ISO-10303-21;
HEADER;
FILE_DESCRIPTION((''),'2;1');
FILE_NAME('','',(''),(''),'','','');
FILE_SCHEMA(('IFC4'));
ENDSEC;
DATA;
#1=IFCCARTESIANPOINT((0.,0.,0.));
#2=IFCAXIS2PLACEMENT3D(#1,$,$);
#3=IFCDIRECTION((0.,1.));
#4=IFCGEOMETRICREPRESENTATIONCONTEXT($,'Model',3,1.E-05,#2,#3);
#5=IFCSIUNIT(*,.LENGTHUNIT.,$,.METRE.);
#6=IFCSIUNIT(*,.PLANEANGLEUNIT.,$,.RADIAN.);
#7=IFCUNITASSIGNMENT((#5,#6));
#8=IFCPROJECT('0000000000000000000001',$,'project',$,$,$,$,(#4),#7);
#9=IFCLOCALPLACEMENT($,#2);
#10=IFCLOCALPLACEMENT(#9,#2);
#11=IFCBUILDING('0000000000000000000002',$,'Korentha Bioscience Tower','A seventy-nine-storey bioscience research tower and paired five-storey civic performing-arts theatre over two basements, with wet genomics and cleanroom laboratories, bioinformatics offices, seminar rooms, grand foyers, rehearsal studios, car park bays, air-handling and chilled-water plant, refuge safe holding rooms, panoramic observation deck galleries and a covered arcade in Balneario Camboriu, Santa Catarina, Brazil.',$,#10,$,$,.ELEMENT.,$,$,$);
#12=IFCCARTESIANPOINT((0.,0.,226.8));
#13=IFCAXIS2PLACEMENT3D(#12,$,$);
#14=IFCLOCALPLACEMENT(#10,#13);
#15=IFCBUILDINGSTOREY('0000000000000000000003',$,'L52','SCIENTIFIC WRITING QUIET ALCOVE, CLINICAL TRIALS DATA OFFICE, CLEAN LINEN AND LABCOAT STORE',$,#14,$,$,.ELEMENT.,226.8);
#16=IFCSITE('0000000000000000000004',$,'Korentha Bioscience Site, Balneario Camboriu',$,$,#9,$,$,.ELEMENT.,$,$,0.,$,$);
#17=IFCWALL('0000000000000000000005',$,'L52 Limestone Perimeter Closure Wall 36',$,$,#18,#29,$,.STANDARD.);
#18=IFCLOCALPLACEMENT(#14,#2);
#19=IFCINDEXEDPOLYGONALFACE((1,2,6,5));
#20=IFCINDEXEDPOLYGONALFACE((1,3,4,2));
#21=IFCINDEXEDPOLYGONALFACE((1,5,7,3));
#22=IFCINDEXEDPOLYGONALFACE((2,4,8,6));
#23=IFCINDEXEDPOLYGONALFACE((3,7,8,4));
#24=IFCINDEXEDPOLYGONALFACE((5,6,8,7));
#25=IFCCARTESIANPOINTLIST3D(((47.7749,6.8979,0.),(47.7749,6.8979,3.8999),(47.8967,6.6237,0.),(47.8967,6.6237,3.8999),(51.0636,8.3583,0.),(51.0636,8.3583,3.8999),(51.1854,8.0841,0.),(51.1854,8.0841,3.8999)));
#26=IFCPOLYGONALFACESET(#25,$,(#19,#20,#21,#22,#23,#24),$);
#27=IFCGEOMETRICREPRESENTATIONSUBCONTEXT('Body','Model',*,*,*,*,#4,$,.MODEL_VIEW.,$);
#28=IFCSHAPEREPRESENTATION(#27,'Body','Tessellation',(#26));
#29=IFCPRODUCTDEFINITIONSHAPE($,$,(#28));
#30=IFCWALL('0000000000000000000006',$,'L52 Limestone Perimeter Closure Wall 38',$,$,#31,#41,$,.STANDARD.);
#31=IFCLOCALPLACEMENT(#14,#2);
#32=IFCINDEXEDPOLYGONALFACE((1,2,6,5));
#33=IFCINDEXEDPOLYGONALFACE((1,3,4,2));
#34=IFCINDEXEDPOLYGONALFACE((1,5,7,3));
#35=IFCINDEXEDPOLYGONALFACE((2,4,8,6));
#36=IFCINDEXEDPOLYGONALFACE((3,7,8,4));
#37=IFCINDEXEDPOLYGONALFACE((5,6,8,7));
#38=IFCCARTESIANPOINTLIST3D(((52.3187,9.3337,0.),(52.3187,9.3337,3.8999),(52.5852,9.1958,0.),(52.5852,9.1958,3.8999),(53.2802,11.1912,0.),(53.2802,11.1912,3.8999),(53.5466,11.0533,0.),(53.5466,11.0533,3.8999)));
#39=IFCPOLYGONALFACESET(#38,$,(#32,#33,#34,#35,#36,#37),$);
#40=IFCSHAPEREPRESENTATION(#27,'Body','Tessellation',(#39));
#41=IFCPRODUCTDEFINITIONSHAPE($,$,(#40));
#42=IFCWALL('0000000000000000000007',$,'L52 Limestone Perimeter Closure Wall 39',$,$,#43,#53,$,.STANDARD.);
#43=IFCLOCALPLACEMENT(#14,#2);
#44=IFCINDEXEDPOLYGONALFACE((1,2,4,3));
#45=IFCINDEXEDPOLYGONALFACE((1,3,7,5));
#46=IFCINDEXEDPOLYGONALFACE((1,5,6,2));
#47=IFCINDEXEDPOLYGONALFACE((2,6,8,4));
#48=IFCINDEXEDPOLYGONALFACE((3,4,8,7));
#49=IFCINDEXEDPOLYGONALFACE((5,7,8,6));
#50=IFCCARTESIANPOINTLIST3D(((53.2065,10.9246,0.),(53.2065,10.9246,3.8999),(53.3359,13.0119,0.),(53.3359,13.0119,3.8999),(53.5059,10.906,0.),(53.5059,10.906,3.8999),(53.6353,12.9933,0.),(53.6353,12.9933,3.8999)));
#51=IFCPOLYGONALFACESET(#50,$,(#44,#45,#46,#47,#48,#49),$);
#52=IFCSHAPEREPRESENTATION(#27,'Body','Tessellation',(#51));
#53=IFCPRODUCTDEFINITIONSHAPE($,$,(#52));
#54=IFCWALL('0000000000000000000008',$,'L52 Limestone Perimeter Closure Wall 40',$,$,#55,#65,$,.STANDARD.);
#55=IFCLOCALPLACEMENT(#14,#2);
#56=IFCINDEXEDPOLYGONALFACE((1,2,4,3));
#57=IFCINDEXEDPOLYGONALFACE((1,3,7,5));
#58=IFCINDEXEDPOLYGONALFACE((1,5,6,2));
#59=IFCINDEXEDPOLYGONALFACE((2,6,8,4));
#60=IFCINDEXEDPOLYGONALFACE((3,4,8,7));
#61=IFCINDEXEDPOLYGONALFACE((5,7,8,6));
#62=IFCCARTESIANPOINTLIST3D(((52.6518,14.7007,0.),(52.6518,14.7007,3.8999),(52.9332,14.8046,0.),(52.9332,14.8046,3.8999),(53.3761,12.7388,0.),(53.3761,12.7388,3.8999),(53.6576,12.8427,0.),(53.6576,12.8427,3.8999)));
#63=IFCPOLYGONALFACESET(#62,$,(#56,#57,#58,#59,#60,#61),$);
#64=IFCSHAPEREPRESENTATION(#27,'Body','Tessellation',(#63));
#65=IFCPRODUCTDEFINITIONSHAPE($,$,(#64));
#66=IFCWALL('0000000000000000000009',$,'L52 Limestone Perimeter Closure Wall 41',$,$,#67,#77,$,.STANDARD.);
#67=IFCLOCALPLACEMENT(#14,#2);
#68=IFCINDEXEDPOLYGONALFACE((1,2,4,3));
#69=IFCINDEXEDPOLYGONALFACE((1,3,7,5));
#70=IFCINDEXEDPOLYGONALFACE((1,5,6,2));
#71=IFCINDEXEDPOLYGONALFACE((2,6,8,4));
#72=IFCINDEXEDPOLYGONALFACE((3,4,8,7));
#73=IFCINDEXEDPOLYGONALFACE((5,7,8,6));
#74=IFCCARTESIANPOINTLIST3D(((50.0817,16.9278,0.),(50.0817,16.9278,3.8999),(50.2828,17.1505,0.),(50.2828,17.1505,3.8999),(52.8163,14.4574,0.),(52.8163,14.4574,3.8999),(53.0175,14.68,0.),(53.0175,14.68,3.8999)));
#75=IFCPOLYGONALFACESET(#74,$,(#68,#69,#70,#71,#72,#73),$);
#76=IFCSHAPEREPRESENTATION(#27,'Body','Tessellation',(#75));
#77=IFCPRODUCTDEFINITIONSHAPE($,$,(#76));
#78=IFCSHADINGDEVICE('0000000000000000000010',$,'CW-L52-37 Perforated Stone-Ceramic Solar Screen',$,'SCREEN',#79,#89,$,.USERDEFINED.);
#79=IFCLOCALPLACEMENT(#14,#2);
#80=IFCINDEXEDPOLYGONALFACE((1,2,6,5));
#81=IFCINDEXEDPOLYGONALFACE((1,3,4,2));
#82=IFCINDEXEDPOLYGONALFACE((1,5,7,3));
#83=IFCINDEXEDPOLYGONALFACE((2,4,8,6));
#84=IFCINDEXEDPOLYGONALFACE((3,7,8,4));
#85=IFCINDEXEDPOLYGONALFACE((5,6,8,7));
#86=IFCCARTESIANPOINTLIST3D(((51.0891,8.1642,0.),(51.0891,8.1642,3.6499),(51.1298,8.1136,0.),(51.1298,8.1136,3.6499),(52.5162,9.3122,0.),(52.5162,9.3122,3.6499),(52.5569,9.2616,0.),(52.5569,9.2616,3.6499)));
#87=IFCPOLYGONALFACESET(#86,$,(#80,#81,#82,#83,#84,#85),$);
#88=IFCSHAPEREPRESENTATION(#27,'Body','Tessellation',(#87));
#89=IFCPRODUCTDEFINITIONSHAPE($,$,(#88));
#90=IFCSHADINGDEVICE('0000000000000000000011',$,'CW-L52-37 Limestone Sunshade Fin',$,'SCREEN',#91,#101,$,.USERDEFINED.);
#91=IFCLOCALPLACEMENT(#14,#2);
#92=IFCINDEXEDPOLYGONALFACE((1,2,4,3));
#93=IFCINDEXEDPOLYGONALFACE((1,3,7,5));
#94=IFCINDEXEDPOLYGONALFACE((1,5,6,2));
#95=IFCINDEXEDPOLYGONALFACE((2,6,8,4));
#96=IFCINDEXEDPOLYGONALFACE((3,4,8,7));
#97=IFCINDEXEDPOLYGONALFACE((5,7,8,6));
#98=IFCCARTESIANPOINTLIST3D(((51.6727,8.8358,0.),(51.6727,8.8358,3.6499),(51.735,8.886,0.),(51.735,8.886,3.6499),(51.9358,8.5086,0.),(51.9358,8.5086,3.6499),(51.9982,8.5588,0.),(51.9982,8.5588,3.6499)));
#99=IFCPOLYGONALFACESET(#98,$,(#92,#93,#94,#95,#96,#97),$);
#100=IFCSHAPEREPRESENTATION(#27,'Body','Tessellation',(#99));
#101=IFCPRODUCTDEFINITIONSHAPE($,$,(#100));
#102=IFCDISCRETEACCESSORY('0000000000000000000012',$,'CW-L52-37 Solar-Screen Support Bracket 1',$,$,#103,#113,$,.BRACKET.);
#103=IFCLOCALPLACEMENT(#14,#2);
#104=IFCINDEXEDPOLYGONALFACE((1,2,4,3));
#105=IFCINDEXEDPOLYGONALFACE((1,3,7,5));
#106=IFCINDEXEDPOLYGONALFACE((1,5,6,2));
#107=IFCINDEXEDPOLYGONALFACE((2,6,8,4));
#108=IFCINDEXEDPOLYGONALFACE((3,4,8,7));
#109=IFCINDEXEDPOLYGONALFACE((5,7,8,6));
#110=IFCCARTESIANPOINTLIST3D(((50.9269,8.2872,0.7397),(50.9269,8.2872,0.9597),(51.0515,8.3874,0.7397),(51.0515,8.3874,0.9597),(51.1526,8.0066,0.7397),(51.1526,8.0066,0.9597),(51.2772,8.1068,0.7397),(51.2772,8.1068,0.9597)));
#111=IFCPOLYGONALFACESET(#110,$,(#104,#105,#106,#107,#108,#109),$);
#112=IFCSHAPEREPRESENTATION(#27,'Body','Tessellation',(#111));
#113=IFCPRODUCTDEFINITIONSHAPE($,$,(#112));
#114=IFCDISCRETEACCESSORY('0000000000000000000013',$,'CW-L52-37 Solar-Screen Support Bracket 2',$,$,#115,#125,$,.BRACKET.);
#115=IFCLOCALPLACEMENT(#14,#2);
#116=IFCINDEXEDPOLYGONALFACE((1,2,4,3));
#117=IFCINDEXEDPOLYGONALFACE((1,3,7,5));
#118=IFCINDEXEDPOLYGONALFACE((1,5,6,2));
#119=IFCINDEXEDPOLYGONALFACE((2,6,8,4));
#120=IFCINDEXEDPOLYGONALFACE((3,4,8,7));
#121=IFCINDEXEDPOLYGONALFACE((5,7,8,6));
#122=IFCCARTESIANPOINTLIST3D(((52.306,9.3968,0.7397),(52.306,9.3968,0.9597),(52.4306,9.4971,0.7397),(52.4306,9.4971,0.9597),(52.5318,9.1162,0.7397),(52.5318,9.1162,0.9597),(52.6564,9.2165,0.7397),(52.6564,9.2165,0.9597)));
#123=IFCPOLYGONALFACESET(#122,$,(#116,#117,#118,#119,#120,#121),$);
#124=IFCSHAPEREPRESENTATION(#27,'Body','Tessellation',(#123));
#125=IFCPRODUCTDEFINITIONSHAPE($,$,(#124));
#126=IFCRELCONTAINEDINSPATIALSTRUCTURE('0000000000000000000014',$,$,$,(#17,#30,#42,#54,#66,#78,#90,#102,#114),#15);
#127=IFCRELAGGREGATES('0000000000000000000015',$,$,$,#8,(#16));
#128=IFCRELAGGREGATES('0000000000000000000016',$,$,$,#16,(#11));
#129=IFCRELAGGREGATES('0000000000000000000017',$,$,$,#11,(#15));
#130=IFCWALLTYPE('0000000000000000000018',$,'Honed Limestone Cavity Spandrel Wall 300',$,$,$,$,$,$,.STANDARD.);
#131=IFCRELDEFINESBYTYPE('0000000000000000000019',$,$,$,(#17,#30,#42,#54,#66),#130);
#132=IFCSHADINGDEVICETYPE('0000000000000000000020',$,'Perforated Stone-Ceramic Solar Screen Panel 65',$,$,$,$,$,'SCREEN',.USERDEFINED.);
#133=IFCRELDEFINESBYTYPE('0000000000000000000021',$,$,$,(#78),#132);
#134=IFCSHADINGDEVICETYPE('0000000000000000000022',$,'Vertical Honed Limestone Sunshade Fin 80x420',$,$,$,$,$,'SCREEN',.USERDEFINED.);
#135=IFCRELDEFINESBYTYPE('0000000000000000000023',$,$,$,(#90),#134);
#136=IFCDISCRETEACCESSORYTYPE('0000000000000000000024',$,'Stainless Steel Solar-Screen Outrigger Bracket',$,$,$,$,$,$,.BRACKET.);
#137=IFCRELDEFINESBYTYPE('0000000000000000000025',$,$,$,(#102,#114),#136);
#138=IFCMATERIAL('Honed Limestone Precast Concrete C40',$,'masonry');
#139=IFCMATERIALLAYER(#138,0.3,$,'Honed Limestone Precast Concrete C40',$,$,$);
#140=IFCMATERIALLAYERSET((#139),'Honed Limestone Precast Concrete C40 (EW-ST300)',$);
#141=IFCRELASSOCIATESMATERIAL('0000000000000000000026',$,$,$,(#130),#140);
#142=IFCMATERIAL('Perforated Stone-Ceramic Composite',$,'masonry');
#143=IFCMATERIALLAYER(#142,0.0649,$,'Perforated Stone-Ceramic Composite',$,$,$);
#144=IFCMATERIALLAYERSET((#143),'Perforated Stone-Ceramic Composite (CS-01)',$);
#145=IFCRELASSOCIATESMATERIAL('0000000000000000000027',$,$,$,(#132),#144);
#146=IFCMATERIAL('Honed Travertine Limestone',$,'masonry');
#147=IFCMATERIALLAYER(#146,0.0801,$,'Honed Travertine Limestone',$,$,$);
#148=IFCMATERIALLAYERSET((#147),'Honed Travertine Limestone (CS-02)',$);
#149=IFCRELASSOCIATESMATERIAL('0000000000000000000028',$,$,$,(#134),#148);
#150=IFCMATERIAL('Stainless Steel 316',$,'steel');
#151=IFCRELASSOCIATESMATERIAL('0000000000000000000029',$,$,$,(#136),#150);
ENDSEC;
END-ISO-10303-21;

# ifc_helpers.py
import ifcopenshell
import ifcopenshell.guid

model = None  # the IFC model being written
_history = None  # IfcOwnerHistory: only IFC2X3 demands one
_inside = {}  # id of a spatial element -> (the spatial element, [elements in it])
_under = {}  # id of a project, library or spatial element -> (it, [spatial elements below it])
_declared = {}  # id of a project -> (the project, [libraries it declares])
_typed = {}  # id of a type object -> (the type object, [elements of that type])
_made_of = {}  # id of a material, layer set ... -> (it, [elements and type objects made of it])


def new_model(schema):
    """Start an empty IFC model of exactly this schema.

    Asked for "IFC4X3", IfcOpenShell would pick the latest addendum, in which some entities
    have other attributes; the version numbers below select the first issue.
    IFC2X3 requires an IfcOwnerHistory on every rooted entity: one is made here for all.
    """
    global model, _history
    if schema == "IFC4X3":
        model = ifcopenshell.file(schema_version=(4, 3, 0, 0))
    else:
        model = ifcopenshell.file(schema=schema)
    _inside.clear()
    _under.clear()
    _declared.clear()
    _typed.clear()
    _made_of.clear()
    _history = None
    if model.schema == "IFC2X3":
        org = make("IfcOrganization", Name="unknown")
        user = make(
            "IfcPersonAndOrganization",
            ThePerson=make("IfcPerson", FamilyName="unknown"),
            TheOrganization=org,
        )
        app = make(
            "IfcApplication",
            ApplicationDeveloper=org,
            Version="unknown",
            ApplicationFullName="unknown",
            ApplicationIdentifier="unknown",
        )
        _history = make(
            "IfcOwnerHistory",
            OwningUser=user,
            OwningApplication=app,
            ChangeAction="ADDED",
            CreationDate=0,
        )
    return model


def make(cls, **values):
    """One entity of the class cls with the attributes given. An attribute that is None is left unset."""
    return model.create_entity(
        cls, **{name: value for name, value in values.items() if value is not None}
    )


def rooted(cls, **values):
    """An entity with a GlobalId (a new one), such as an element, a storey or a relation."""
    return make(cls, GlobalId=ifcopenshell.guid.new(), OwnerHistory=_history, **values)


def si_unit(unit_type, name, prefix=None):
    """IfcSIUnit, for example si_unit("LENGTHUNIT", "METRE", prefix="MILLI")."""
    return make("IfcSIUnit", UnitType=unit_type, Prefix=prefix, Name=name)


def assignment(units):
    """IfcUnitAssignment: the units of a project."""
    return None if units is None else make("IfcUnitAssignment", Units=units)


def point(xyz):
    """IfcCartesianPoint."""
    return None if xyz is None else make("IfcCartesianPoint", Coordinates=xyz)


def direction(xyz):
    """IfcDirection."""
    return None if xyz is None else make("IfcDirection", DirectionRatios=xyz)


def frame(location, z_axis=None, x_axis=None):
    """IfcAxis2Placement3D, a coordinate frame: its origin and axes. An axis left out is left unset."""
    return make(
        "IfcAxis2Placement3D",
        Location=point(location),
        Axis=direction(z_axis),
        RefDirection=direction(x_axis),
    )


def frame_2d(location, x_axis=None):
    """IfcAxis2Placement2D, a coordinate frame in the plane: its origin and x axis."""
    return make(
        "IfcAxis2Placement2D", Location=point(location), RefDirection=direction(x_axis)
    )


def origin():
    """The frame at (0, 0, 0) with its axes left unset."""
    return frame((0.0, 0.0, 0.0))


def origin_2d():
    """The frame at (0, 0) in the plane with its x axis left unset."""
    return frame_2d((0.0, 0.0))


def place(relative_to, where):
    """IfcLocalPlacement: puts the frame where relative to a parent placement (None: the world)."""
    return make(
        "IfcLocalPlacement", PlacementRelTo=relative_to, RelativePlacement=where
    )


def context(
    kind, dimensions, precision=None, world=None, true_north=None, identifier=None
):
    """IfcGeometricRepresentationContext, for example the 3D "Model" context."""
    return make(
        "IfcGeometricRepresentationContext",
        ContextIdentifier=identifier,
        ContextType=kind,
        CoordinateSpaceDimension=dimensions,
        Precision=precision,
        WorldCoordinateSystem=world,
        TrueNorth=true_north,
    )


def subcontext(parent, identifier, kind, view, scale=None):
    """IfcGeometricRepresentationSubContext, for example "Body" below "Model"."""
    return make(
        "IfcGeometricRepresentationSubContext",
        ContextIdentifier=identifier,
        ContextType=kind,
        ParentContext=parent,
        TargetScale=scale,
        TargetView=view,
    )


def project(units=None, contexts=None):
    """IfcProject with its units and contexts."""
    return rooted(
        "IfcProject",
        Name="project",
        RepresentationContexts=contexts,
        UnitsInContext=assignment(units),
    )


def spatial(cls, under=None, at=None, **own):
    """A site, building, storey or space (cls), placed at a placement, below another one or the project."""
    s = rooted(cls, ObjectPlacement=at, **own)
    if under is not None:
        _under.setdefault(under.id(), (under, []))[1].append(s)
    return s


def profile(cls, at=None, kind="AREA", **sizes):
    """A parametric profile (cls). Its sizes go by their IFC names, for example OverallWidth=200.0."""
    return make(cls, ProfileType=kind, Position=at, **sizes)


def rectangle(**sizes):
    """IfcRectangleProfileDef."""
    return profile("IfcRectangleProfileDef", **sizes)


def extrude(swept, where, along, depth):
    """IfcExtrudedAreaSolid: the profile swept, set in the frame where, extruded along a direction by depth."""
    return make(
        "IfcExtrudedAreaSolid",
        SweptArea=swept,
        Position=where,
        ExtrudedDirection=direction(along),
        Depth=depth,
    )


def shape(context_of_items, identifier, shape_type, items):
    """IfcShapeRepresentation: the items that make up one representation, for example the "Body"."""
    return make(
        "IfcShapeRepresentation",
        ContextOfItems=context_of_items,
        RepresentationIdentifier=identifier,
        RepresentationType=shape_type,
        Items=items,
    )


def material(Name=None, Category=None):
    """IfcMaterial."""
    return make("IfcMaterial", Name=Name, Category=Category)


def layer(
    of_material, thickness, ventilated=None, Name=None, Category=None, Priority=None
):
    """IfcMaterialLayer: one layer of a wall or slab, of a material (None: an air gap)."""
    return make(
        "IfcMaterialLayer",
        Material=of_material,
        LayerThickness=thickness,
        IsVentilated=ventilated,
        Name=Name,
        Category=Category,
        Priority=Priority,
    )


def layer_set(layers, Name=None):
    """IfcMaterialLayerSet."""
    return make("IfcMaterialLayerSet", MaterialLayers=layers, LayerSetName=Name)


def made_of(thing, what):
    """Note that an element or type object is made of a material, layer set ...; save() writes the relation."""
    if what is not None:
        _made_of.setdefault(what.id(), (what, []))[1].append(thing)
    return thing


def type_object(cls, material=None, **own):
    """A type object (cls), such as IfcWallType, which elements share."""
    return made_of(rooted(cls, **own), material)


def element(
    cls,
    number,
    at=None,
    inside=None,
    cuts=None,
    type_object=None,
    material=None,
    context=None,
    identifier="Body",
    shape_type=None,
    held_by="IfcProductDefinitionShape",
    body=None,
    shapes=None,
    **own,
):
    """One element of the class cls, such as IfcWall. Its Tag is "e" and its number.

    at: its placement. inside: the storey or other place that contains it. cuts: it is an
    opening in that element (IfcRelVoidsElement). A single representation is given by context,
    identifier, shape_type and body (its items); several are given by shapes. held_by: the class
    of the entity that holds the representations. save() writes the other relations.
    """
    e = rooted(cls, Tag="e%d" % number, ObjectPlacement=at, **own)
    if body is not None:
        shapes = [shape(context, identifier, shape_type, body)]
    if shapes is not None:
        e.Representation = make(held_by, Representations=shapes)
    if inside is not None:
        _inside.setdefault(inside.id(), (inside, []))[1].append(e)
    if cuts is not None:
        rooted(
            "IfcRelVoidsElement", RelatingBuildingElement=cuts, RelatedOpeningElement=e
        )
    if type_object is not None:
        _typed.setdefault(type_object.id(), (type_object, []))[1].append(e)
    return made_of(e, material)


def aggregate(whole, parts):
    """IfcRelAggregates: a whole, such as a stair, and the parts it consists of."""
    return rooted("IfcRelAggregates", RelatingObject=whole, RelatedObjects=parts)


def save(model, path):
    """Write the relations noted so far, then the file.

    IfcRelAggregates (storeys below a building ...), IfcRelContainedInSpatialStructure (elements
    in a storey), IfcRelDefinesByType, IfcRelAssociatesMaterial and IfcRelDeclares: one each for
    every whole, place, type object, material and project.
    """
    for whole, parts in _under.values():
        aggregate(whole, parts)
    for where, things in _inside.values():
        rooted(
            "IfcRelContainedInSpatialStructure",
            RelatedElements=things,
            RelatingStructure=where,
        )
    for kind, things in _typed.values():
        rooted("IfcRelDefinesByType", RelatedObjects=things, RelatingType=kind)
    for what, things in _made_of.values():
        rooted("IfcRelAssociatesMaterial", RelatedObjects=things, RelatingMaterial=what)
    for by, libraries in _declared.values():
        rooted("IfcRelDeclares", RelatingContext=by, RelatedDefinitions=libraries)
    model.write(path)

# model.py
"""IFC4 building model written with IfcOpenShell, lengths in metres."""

from ifc_helpers import new_model, si_unit, direction, frame, frame_2d, origin, origin_2d, place, context, subcontext, project, spatial, rectangle, extrude, material, layer, layer_set, type_object, element, save


model = new_model("IFC4")

# Units and contexts
model_context = context("Model", 3, precision=1e-05, world=origin(), true_north=direction((0.0, 1.0)))
body_context = subcontext(model_context, "Body", "Model", "MODEL_VIEW")
ifc_project = project(units=[si_unit("LENGTHUNIT", "METRE"), si_unit("PLANEANGLEUNIT", "RADIAN")], contexts=[model_context])

# Site, building, storey
site_placement = place(None, origin())
site = spatial("IfcSite", under=ifc_project, at=site_placement, Name="Korentha Bioscience Site, Balneario Camboriu", CompositionType="ELEMENT", RefElevation=0.0)
building_placement = place(site_placement, origin())
building = spatial("IfcBuilding", under=site, at=building_placement, Name="Korentha Bioscience Tower", Description="A seventy-nine-storey bioscience research tower and paired five-storey civic performing-arts theatre over two basements, with wet genomics and cleanroom laboratories, bioinformatics offices, seminar rooms, grand foyers, rehearsal studios, car park bays, air-handling and chilled-water plant, refuge safe holding rooms, panoramic observation deck galleries and a covered arcade in Balneario Camboriu, Santa Catarina, Brazil.", CompositionType="ELEMENT")
storey_placement = place(building_placement, frame((0.0, 0.0, 226.8)))
storey = spatial("IfcBuildingStorey", under=building, at=storey_placement, Name="L52", Description="SCIENTIFIC WRITING QUIET ALCOVE, CLINICAL TRIALS DATA OFFICE, CLEAN LINEN AND LABCOAT STORE", CompositionType="ELEMENT", Elevation=226.8)

# Shared definitions
ifc_material_1 = material(Name="Honed Limestone Precast Concrete C40", Category="masonry")
ifc_layer_1 = layer(ifc_material_1, 0.3, Name="Honed Limestone Precast Concrete C40")
ifc_layer_set_1 = layer_set([ifc_layer_1], Name="Honed Limestone Precast Concrete C40 (EW-ST300)")
wall_type_1 = type_object("IfcWallType", Name="Honed Limestone Cavity Spandrel Wall 300", PredefinedType="STANDARD", material=ifc_layer_set_1)

# Walls
wall_1_placement = place(storey_placement, frame((47.8357, 6.7607, 0.0), z_axis=(0.0, 0.0, 1.0), x_axis=(0.91394, 0.405849, 0.0)))
element("IfcWall", 1, at=wall_1_placement, inside=storey, type_object=wall_type_1, Name="L52 Limestone Perimeter Closure Wall 36", PredefinedType="STANDARD", context=body_context, shape_type="SweptSolid", body=[
    extrude(rectangle(XDim=3.5984, YDim=0.3, at=frame_2d((1.7993, 0.0))), origin(), (0.0, 0.0, 1.0), 3.8999),
])
wall_2_placement = place(storey_placement, frame((52.4519, 9.2646, 0.0), z_axis=(0.0, 0.0, 1.0), x_axis=(0.459683, 0.888083, 0.0)))
element("IfcWall", 2, at=wall_2_placement, inside=storey, type_object=wall_type_1, Name="L52 Limestone Perimeter Closure Wall 38", PredefinedType="STANDARD", context=body_context, shape_type="SweptSolid", body=[
    extrude(rectangle(XDim=2.0916, YDim=0.3, at=frame_2d((1.0459, 0.0))), origin(), (0.0, 0.0, 1.0), 3.8999),
])
for number, where, z_axis, x_axis, name in (
    (3, (53.3562, 10.9153, 0.0), (0.0, 0.0, 1.0), (0.06187, 0.998084, 0.0), "L52 Limestone Perimeter Closure Wall 39"),
    (4, (53.5168, 12.7908, 0.0), (0.0, 0.0, 1.0), (-0.34636, 0.938102, 0.0), "L52 Limestone Perimeter Closure Wall 40"),
):
    element("IfcWall", number, at=place(storey_placement, frame(where, z_axis=z_axis, x_axis=x_axis)), inside=storey, type_object=wall_type_1, Name=name, PredefinedType="STANDARD", context=body_context, shape_type="SweptSolid", body=[
        extrude(rectangle(XDim=2.0913, YDim=0.3, at=frame_2d((1.0457, 0.0))), origin(), (0.0, 0.0, 1.0), 3.8999),
    ])
wall_3_placement = place(storey_placement, frame((52.917, 14.5686, 0.0), z_axis=(0.0, 0.0, 1.0), x_axis=(-0.742038, 0.670358, 0.0)))
element("IfcWall", 5, at=wall_3_placement, inside=storey, type_object=wall_type_1, Name="L52 Limestone Perimeter Closure Wall 41", PredefinedType="STANDARD", context=body_context, shape_type="SweptSolid", body=[
    extrude(rectangle(XDim=3.6853, YDim=0.3, at=frame_2d((1.8428, 0.0))), origin(), (0.0, 0.0, 1.0), 3.8999),
])

# Shading devices
ifc_material_2 = material(Name="Perforated Stone-Ceramic Composite", Category="masonry")
ifc_layer_2 = layer(ifc_material_2, 0.0649, Name="Perforated Stone-Ceramic Composite")
ifc_layer_set_2 = layer_set([ifc_layer_2], Name="Perforated Stone-Ceramic Composite (CS-01)")
shading_device_type_1 = type_object("IfcShadingDeviceType", Name="Perforated Stone-Ceramic Solar Screen Panel 65", ElementType="SCREEN", PredefinedType="USERDEFINED", material=ifc_layer_set_2)
shading_device_1_placement = place(storey_placement, frame((51.823, 8.7129, 0.0), z_axis=(0.0, 0.0, 1.0), x_axis=(0.779198, 0.626778, 0.0)))
element("IfcShadingDevice", 6, at=shading_device_1_placement, inside=storey, type_object=shading_device_type_1, Name="CW-L52-37 Perforated Stone-Ceramic Solar Screen", ObjectType="SCREEN", PredefinedType="USERDEFINED", context=body_context, shape_type="SweptSolid", body=[
    extrude(rectangle(XDim=1.8315, YDim=0.0649, at=origin_2d()), origin(), (0.0, 0.0, 1.0), 3.6499),
])
ifc_material_3 = material(Name="Honed Travertine Limestone", Category="masonry")
ifc_layer_3 = layer(ifc_material_3, 0.0801, Name="Honed Travertine Limestone")
ifc_layer_set_3 = layer_set([ifc_layer_3], Name="Honed Travertine Limestone (CS-02)")
shading_device_type_2 = type_object("IfcShadingDeviceType", Name="Vertical Honed Limestone Sunshade Fin 80x420", ElementType="SCREEN", PredefinedType="USERDEFINED", material=ifc_layer_set_3)
shading_device_2_placement = place(storey_placement, frame((51.8354, 8.6973, 0.0), z_axis=(0.0, 0.0, 1.0), x_axis=(0.779198, 0.626778, 0.0)))
element("IfcShadingDevice", 7, at=shading_device_2_placement, inside=storey, type_object=shading_device_type_2, Name="CW-L52-37 Limestone Sunshade Fin", ObjectType="SCREEN", PredefinedType="USERDEFINED", context=body_context, shape_type="SweptSolid", body=[
    extrude(rectangle(XDim=0.0801, YDim=0.4199, at=origin_2d()), origin(), (0.0, 0.0, 1.0), 3.6499),
])

# Discrete accessories
ifc_material_4 = material(Name="Stainless Steel 316", Category="steel")
discrete_accessory_type = type_object("IfcDiscreteAccessoryType", Name="Stainless Steel Solar-Screen Outrigger Bracket", PredefinedType="BRACKET", material=ifc_material_4)
for number, where, z_axis, x_axis, name in (
    (8, (51.1021, 8.197, 0.7397), (0.0, 0.0, 1.0), (0.779198, 0.626778, 0.0), "CW-L52-37 Solar-Screen Support Bracket 1"),
    (9, (52.4812, 9.3066, 0.7397), (0.0, 0.0, 1.0), (0.779198, 0.626778, 0.0), "CW-L52-37 Solar-Screen Support Bracket 2"),
):
    element("IfcDiscreteAccessory", number, at=place(storey_placement, frame(where, z_axis=z_axis, x_axis=x_axis)), inside=storey, type_object=discrete_accessory_type, Name=name, PredefinedType="BRACKET", context=body_context, shape_type="SweptSolid", body=[
        extrude(rectangle(XDim=0.1599, YDim=0.3601, at=origin_2d()), origin(), (0.0, 0.0, 1.0), 0.22),
    ])

save(model, "model.ifc")
